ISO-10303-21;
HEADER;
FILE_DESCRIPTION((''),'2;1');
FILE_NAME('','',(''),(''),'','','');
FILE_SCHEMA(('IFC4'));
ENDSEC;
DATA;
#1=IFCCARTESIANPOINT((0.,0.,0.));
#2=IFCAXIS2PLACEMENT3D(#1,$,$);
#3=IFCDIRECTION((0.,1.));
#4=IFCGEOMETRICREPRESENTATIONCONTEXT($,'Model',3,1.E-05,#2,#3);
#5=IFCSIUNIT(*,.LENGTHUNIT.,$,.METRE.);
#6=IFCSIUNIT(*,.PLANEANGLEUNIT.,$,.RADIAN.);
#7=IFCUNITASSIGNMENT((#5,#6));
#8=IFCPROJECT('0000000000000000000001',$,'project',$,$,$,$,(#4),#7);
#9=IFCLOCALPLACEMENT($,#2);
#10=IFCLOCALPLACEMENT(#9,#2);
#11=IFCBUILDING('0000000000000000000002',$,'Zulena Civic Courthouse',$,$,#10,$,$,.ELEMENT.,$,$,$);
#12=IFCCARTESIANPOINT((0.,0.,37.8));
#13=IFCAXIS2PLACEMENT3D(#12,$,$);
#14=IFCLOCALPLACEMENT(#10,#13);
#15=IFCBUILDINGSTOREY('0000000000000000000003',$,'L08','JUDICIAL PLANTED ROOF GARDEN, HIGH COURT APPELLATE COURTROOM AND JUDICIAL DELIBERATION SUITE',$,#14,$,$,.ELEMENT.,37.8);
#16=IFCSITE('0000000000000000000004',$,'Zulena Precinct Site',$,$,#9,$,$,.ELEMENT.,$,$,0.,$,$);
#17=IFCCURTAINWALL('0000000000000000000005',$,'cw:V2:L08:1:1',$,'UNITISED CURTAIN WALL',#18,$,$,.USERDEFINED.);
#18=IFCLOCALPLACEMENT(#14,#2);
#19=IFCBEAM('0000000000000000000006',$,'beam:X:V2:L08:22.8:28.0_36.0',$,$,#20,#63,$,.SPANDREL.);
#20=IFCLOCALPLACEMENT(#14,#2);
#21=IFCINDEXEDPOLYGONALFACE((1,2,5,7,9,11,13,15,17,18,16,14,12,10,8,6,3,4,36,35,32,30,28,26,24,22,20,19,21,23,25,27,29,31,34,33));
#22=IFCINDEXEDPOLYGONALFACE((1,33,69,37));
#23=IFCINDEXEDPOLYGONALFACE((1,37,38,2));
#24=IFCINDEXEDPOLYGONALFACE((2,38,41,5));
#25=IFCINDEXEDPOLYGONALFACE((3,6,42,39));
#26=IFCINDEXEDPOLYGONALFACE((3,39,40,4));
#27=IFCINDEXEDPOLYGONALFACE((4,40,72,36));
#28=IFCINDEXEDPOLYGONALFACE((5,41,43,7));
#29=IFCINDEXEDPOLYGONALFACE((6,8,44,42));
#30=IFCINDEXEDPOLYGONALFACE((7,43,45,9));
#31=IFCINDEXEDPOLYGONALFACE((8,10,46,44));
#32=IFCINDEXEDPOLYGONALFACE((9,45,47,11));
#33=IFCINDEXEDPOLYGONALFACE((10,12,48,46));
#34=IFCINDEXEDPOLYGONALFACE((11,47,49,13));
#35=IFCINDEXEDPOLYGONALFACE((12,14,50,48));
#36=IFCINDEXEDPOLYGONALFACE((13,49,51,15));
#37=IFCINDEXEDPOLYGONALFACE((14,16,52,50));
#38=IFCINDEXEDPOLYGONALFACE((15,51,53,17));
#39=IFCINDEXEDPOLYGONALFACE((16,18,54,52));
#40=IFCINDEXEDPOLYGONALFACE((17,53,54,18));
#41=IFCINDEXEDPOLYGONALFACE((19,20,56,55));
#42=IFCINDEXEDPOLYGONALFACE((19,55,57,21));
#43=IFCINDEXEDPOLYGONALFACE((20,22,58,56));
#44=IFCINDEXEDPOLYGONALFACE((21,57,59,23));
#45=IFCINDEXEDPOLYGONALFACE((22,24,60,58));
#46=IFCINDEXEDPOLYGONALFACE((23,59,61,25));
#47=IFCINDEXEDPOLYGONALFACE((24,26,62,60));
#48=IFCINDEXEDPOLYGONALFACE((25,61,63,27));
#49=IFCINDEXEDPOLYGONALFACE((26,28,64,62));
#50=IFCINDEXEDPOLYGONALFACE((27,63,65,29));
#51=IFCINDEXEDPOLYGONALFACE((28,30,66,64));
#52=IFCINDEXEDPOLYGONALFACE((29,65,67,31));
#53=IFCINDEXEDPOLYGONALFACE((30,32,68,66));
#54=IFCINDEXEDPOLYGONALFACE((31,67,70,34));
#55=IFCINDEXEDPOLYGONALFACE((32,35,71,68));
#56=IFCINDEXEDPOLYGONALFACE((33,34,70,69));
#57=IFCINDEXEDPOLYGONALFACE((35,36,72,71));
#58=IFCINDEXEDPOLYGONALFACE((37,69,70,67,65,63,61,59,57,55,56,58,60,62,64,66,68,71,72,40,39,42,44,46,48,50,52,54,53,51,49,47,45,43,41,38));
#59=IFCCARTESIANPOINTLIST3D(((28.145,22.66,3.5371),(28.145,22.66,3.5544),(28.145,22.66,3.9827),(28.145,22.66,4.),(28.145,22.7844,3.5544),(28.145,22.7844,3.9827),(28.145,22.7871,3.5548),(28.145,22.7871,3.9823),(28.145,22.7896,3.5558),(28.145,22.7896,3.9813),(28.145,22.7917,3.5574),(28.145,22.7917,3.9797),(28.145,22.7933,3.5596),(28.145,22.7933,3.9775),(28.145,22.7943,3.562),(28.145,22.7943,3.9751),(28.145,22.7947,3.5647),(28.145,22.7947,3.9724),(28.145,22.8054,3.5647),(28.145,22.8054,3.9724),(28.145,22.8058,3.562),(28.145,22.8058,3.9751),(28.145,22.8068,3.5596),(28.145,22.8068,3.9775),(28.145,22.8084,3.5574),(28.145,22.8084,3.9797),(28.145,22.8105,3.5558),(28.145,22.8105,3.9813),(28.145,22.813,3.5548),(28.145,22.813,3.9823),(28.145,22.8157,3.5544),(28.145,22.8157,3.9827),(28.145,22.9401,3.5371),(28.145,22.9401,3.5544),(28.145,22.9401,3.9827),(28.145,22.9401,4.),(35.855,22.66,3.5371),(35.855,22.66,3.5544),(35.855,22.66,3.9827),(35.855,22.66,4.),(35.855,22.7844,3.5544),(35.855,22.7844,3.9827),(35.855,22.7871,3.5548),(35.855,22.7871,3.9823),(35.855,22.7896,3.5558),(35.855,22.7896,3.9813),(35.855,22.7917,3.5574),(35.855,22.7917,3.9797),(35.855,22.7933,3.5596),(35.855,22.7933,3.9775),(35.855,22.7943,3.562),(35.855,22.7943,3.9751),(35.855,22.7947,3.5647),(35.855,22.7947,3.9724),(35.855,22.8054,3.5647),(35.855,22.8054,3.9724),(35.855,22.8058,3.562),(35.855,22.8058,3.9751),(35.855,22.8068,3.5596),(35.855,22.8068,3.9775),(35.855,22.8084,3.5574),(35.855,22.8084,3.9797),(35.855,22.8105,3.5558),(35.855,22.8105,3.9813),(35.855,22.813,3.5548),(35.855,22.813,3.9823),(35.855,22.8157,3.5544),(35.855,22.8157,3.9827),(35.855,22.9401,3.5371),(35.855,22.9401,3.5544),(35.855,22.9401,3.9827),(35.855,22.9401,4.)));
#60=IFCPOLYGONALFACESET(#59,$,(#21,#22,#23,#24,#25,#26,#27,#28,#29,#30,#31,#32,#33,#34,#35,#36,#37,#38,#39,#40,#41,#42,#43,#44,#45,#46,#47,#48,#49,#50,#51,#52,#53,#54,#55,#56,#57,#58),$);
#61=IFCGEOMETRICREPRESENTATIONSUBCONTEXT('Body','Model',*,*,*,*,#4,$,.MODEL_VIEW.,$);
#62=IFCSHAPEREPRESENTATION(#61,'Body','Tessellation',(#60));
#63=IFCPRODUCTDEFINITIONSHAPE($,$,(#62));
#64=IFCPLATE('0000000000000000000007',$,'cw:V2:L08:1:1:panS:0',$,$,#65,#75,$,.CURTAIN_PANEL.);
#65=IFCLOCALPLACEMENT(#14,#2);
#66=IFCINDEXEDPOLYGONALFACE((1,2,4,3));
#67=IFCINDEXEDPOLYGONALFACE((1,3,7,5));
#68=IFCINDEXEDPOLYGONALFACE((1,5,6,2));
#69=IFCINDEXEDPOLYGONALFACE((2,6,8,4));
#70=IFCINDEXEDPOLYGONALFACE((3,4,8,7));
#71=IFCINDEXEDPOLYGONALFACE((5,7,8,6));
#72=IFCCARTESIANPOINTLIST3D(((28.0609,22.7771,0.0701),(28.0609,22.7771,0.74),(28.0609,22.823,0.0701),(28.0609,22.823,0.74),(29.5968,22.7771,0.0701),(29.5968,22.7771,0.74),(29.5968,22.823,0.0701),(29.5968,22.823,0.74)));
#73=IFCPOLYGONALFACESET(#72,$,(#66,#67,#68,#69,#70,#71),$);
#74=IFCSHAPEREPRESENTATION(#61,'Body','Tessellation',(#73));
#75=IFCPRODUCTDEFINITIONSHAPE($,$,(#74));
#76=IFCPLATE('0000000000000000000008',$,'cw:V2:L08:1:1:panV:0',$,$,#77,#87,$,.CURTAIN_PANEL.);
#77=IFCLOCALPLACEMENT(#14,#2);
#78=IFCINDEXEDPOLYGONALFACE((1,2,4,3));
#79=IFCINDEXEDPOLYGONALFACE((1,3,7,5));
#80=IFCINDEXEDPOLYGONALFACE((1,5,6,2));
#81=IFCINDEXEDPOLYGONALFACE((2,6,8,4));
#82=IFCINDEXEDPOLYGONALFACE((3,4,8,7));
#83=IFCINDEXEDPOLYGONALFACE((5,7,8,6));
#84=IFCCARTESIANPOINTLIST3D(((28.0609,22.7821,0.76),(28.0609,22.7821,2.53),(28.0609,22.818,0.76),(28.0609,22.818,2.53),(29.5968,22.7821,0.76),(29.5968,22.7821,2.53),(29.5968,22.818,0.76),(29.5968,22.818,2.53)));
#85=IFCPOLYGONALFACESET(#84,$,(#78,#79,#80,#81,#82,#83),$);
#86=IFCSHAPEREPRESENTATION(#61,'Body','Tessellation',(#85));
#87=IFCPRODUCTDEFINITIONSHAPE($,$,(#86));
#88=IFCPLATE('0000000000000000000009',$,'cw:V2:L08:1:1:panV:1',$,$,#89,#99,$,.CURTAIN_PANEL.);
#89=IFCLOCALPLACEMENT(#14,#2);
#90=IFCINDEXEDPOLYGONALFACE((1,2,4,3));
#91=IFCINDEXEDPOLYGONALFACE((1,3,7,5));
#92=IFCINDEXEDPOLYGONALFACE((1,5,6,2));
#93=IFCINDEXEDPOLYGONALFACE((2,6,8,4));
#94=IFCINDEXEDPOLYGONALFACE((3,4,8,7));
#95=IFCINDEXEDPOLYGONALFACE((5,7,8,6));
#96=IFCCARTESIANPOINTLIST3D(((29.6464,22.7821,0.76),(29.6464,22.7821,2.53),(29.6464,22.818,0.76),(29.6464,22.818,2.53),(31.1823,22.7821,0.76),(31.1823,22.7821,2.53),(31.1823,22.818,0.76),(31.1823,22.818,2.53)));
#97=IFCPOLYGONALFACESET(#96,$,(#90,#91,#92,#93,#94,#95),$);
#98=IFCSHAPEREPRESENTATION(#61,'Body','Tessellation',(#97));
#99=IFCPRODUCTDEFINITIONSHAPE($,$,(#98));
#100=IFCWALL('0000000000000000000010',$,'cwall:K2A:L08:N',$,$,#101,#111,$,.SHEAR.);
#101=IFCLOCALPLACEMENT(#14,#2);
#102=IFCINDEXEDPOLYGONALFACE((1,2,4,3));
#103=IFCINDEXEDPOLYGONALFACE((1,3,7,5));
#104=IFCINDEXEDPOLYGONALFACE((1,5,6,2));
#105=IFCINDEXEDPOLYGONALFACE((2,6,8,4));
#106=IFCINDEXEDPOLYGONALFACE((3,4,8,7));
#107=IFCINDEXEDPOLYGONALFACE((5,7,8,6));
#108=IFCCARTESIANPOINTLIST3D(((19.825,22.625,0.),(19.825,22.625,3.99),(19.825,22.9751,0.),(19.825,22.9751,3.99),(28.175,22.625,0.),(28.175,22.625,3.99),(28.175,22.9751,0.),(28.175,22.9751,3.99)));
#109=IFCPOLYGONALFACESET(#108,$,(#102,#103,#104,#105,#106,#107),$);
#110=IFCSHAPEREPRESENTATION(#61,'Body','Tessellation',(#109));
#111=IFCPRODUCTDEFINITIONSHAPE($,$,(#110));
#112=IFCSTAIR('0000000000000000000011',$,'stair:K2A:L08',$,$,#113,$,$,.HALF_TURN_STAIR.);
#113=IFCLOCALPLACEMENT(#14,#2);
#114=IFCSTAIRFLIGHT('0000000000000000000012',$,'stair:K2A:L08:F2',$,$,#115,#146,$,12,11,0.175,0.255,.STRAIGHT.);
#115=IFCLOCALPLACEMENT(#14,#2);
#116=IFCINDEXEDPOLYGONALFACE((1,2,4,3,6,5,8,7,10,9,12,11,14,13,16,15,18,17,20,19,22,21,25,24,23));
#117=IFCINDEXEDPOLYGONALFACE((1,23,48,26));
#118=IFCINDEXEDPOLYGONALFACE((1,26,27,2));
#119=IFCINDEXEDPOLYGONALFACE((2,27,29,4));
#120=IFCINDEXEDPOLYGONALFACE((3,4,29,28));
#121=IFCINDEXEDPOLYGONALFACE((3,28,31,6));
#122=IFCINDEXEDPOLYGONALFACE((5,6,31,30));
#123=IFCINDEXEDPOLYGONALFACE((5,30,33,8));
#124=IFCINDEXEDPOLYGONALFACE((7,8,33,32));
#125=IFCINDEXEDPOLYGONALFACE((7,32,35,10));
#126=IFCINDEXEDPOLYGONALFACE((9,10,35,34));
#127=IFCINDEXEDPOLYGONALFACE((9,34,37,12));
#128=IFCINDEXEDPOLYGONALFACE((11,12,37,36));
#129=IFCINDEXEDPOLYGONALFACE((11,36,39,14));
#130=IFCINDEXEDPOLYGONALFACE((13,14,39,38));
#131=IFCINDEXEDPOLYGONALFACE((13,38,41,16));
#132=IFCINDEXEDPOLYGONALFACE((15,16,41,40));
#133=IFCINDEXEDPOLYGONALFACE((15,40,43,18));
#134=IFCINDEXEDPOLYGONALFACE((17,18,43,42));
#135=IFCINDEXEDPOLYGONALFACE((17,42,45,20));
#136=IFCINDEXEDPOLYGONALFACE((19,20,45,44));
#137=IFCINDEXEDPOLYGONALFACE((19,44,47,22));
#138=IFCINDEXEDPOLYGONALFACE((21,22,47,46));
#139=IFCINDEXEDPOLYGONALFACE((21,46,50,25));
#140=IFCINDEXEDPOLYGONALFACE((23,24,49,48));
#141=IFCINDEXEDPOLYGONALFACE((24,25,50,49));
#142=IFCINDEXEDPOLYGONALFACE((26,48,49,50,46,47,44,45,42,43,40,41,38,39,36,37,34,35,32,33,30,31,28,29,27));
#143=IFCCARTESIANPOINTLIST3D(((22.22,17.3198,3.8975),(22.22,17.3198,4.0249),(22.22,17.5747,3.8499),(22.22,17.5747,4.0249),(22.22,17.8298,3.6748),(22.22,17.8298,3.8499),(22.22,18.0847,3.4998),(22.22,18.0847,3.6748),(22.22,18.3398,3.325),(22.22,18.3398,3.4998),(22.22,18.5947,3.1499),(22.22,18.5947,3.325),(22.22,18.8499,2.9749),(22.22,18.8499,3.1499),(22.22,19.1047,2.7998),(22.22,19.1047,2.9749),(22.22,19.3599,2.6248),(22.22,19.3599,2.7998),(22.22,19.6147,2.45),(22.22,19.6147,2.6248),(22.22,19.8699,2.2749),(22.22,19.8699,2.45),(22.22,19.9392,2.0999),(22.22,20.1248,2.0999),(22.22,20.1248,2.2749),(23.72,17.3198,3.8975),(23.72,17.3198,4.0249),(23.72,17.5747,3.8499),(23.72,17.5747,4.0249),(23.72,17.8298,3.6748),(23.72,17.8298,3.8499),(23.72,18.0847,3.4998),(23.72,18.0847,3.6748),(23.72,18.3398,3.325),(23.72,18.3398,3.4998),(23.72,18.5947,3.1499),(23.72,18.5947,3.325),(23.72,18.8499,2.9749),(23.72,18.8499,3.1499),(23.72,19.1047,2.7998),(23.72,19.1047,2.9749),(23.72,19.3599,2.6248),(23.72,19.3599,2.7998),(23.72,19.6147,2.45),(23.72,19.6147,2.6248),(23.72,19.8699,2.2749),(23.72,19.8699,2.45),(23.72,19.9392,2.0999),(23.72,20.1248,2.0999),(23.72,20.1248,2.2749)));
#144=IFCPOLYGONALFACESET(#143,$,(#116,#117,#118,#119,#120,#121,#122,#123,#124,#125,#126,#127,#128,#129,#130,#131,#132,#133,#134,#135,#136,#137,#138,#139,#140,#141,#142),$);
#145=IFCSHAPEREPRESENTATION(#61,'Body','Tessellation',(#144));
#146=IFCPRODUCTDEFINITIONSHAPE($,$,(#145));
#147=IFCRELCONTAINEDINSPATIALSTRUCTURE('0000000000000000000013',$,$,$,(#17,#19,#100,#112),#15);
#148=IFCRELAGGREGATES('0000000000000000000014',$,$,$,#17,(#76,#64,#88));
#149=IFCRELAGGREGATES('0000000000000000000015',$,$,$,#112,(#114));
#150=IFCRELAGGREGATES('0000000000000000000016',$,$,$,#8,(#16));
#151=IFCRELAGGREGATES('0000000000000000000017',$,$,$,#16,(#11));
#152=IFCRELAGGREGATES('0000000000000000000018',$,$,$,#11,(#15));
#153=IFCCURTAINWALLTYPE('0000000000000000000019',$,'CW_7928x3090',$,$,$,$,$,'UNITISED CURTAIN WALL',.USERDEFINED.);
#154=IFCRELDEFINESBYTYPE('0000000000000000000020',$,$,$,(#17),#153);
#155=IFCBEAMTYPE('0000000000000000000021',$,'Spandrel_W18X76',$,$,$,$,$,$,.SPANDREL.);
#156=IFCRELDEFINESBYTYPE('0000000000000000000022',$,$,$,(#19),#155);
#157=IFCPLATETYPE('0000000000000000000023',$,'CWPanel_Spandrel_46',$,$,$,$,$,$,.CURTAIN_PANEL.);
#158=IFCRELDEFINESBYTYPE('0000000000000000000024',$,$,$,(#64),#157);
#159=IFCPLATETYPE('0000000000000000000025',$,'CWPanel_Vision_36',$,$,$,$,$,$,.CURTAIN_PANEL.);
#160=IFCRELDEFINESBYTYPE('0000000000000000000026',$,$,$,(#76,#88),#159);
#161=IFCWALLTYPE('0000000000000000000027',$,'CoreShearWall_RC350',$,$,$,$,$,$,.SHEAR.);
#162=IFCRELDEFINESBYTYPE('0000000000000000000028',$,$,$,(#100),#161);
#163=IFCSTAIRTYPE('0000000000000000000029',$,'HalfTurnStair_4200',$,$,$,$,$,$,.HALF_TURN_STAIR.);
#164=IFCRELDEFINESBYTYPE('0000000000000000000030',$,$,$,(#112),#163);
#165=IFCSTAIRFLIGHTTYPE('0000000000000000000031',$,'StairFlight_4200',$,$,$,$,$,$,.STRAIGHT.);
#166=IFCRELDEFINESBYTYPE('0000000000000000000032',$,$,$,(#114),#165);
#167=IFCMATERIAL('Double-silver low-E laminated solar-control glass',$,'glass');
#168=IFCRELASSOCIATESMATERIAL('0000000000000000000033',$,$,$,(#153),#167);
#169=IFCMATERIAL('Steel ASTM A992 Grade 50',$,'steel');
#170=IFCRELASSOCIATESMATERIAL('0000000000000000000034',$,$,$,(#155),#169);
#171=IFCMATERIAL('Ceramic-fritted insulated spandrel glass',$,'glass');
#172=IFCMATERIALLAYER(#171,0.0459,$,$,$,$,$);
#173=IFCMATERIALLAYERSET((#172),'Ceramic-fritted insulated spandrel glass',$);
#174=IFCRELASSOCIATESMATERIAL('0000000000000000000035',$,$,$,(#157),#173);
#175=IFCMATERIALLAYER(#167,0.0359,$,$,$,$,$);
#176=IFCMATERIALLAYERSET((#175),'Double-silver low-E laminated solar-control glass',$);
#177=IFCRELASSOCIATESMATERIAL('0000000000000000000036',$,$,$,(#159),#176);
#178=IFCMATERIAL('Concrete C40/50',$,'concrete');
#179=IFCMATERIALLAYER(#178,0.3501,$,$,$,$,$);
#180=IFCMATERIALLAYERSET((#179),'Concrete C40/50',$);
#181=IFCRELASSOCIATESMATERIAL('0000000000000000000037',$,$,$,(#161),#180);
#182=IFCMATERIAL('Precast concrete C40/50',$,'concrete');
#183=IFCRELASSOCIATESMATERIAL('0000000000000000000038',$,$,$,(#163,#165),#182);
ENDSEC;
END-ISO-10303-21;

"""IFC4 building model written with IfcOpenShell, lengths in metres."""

from ifc_helpers import new_model, si_unit, direction, frame, frame_2d, origin, origin_2d, place, context, subcontext, project, spatial, polyline, rectangle, i_section, outline, extrude, material, layer, layer_set, material_profile, profile_set, type_object, element, aggregate, save


model = new_model("IFC4")

# Units and contexts
model_context = context("Model", 3, precision=1e-05, world=origin(), true_north=direction((0.0, 1.0)))
body_context = subcontext(model_context, "Body", "Model", "MODEL_VIEW")
ifc_project = project(units=[si_unit("LENGTHUNIT", "METRE"), si_unit("PLANEANGLEUNIT", "RADIAN")], contexts=[model_context])

# Site, building, storey
site_placement = place(None, origin())
site = spatial("IfcSite", under=ifc_project, at=site_placement, Name="Zulena Precinct Site", CompositionType="ELEMENT", RefElevation=0.0)
building_placement = place(site_placement, origin())
building = spatial("IfcBuilding", under=site, at=building_placement, Name="Zulena Civic Courthouse", CompositionType="ELEMENT")
storey_placement = place(building_placement, frame((0.0, 0.0, 37.8)))
storey = spatial("IfcBuildingStorey", under=building, at=storey_placement, Name="L08", Description="JUDICIAL PLANTED ROOF GARDEN, HIGH COURT APPELLATE COURTROOM AND JUDICIAL DELIBERATION SUITE", CompositionType="ELEMENT", Elevation=37.8)

# Shared definitions
ifc_material_1 = material(Name="Steel ASTM A992 Grade 50", Category="steel")

# Curtain wall
ifc_material_2 = material(Name="Double-silver low-E laminated solar-control glass", Category="glass")
curtain_wall_type = type_object("IfcCurtainWallType", Name="CW_7928x3090", ElementType="UNITISED CURTAIN WALL", PredefinedType="USERDEFINED", material=ifc_material_2)
curtain_wall_placement = place(storey_placement, origin())
curtain_wall = element("IfcCurtainWall", 1, at=curtain_wall_placement, inside=storey, type_object=curtain_wall_type, Name="cw:V2:L08:1:1", ObjectType="UNITISED CURTAIN WALL", PredefinedType="USERDEFINED")

# Beam
ifc_material_profile_1 = material_profile(ifc_material_1, i_section(OverallWidth=0.28, OverallDepth=0.4629, WebThickness=0.0107, FlangeThickness=0.0173, FilletRadius=0.0103, at=origin_2d()), Name="W18X76")
ifc_profile_set_1 = profile_set([ifc_material_profile_1], Name="Steel ASTM A992 Grade 50")
beam_type_1 = type_object("IfcBeamType", Name="Spandrel_W18X76", PredefinedType="SPANDREL", material=ifc_profile_set_1)
for number, where, z_axis, x_axis, name in (
    (2, (28.145, 22.8, 3.7686), (1.0, 0.0, 0.0), (0.0, 1.0, 0.0), "beam:X:V2:L08:22.8:28.0_36.0"),
):
    element("IfcBeam", number, at=place(storey_placement, frame(where, z_axis=z_axis, x_axis=x_axis)), inside=storey, type_object=beam_type_1, Name=name, PredefinedType="SPANDREL", context=body_context, shape_type="SweptSolid", body=[
        extrude(i_section(OverallWidth=0.28, OverallDepth=0.4629, WebThickness=0.0107, FlangeThickness=0.0173, FilletRadius=0.0103, at=origin_2d()), origin(), (0.0, 0.0, 1.0), 7.71),
    ])

# Plates
ifc_material_3 = material(Name="Ceramic-fritted insulated spandrel glass", Category="glass")
ifc_layer_1 = layer(ifc_material_3, 0.0459)
ifc_layer_set_1 = layer_set([ifc_layer_1], Name="Ceramic-fritted insulated spandrel glass")
plate_type_1 = type_object("IfcPlateType", Name="CWPanel_Spandrel_46", PredefinedType="CURTAIN_PANEL", material=ifc_layer_set_1)
plate_1_placement = place(storey_placement, frame((28.8289, 22.8, 0.0701), z_axis=(0.0, 0.0, 1.0), x_axis=(1.0, 0.0, 0.0)))
plate_1 = element("IfcPlate", 3, at=plate_1_placement, type_object=plate_type_1, Name="cw:V2:L08:1:1:panS:0", PredefinedType="CURTAIN_PANEL", context=body_context, shape_type="SweptSolid", body=[
    extrude(rectangle(XDim=1.5359, YDim=0.0459, at=origin_2d()), origin(), (0.0, 0.0, 1.0), 0.6699),
])
ifc_layer_2 = layer(ifc_material_2, 0.0359)
ifc_layer_set_2 = layer_set([ifc_layer_2], Name="Double-silver low-E laminated solar-control glass")
plate_type_2 = type_object("IfcPlateType", Name="CWPanel_Vision_36", PredefinedType="CURTAIN_PANEL", material=ifc_layer_set_2)
plate_2_placement = place(storey_placement, frame((28.8289, 22.8, 0.76), z_axis=(0.0, 0.0, 1.0), x_axis=(1.0, 0.0, 0.0)))
plate_2 = element("IfcPlate", 4, at=plate_2_placement, type_object=plate_type_2, Name="cw:V2:L08:1:1:panV:0", PredefinedType="CURTAIN_PANEL", context=body_context, shape_type="SweptSolid", body=[
    extrude(rectangle(XDim=1.5359, YDim=0.0359, at=origin_2d()), origin(), (0.0, 0.0, 1.0), 1.77),
])
plate_3_placement = place(storey_placement, frame((30.4143, 22.8, 0.76), z_axis=(0.0, 0.0, 1.0), x_axis=(1.0, 0.0, 0.0)))
plate_3 = element("IfcPlate", 5, at=plate_3_placement, type_object=plate_type_2, Name="cw:V2:L08:1:1:panV:1", PredefinedType="CURTAIN_PANEL", context=body_context, shape_type="SweptSolid", body=[
    extrude(rectangle(XDim=1.5359, YDim=0.0359, at=origin_2d()), origin(), (0.0, 0.0, 1.0), 1.77),
])
aggregate(curtain_wall, [plate_2, plate_1, plate_3])

# Wall
ifc_material_4 = material(Name="Concrete C40/50", Category="concrete")
ifc_layer_3 = layer(ifc_material_4, 0.3501)
ifc_layer_set_3 = layer_set([ifc_layer_3], Name="Concrete C40/50")
wall_type = type_object("IfcWallType", Name="CoreShearWall_RC350", PredefinedType="SHEAR", material=ifc_layer_set_3)
wall_placement = place(storey_placement, frame((19.825, 22.8, 0.0), z_axis=(0.0, 0.0, 1.0), x_axis=(1.0, 0.0, 0.0)))
element("IfcWall", 6, at=wall_placement, inside=storey, type_object=wall_type, Name="cwall:K2A:L08:N", PredefinedType="SHEAR", context=body_context, shape_type="SweptSolid", body=[
    extrude(rectangle(XDim=8.3501, YDim=0.3501, at=frame_2d((4.175, 0.0))), origin(), (0.0, 0.0, 1.0), 3.99),
])

# Stair, stair flight
ifc_material_5 = material(Name="Precast concrete C40/50", Category="concrete")
stair_type = type_object("IfcStairType", Name="HalfTurnStair_4200", PredefinedType="HALF_TURN_STAIR", material=ifc_material_5)
stair_placement = place(storey_placement, origin())
stair = element("IfcStair", 7, at=stair_placement, inside=storey, type_object=stair_type, Name="stair:K2A:L08", PredefinedType="HALF_TURN_STAIR")
stair_flight_type = type_object("IfcStairFlightType", Name="StairFlight_4200", PredefinedType="STRAIGHT", material=ifc_material_5)
stair_flight_placement = place(storey_placement, frame((22.97, 20.1248, 2.0999), z_axis=(0.0, 0.0, 1.0), x_axis=(0.0, -1.0, 0.0)))
stair_flight = element("IfcStairFlight", 8, at=stair_flight_placement, type_object=stair_flight_type, Name="stair:K2A:L08:F2", NumberOfRisers=12, NumberOfTreads=11, PredefinedType="STRAIGHT", RiserHeight=0.175, TreadLength=0.255, context=body_context, shape_type="SweptSolid", body=[
    extrude(outline(polyline([(0.0, 0.0), (0.0, 0.175), (0.2549, 0.175), (0.2549, 0.3501), (0.51, 0.3501), (0.51, 0.5249), (0.7649, 0.5249), (0.7649, 0.7), (1.02, 0.7), (1.02, 0.875), (1.2749, 0.875), (1.2749, 1.05), (1.53, 1.05), (1.53, 1.2251), (1.7849, 1.2251), (1.7849, 1.3999), (2.04, 1.3999), (2.04, 1.575), (2.2949, 1.575), (2.2949, 1.75), (2.55, 1.75), (2.55, 1.925), (2.8049, 1.925), (2.8049, 2.1001), (2.8049, 1.7976), (0.1855, 0.0), (0.0, 0.0)])), frame((0.0, 0.75, 0.0), z_axis=(0.0, -1.0, 0.0), x_axis=(1.0, 0.0, 0.0)), (0.0, 0.0, 1.0), 1.5),
])
aggregate(stair, [stair_flight])

save(model, "model.ifc")
